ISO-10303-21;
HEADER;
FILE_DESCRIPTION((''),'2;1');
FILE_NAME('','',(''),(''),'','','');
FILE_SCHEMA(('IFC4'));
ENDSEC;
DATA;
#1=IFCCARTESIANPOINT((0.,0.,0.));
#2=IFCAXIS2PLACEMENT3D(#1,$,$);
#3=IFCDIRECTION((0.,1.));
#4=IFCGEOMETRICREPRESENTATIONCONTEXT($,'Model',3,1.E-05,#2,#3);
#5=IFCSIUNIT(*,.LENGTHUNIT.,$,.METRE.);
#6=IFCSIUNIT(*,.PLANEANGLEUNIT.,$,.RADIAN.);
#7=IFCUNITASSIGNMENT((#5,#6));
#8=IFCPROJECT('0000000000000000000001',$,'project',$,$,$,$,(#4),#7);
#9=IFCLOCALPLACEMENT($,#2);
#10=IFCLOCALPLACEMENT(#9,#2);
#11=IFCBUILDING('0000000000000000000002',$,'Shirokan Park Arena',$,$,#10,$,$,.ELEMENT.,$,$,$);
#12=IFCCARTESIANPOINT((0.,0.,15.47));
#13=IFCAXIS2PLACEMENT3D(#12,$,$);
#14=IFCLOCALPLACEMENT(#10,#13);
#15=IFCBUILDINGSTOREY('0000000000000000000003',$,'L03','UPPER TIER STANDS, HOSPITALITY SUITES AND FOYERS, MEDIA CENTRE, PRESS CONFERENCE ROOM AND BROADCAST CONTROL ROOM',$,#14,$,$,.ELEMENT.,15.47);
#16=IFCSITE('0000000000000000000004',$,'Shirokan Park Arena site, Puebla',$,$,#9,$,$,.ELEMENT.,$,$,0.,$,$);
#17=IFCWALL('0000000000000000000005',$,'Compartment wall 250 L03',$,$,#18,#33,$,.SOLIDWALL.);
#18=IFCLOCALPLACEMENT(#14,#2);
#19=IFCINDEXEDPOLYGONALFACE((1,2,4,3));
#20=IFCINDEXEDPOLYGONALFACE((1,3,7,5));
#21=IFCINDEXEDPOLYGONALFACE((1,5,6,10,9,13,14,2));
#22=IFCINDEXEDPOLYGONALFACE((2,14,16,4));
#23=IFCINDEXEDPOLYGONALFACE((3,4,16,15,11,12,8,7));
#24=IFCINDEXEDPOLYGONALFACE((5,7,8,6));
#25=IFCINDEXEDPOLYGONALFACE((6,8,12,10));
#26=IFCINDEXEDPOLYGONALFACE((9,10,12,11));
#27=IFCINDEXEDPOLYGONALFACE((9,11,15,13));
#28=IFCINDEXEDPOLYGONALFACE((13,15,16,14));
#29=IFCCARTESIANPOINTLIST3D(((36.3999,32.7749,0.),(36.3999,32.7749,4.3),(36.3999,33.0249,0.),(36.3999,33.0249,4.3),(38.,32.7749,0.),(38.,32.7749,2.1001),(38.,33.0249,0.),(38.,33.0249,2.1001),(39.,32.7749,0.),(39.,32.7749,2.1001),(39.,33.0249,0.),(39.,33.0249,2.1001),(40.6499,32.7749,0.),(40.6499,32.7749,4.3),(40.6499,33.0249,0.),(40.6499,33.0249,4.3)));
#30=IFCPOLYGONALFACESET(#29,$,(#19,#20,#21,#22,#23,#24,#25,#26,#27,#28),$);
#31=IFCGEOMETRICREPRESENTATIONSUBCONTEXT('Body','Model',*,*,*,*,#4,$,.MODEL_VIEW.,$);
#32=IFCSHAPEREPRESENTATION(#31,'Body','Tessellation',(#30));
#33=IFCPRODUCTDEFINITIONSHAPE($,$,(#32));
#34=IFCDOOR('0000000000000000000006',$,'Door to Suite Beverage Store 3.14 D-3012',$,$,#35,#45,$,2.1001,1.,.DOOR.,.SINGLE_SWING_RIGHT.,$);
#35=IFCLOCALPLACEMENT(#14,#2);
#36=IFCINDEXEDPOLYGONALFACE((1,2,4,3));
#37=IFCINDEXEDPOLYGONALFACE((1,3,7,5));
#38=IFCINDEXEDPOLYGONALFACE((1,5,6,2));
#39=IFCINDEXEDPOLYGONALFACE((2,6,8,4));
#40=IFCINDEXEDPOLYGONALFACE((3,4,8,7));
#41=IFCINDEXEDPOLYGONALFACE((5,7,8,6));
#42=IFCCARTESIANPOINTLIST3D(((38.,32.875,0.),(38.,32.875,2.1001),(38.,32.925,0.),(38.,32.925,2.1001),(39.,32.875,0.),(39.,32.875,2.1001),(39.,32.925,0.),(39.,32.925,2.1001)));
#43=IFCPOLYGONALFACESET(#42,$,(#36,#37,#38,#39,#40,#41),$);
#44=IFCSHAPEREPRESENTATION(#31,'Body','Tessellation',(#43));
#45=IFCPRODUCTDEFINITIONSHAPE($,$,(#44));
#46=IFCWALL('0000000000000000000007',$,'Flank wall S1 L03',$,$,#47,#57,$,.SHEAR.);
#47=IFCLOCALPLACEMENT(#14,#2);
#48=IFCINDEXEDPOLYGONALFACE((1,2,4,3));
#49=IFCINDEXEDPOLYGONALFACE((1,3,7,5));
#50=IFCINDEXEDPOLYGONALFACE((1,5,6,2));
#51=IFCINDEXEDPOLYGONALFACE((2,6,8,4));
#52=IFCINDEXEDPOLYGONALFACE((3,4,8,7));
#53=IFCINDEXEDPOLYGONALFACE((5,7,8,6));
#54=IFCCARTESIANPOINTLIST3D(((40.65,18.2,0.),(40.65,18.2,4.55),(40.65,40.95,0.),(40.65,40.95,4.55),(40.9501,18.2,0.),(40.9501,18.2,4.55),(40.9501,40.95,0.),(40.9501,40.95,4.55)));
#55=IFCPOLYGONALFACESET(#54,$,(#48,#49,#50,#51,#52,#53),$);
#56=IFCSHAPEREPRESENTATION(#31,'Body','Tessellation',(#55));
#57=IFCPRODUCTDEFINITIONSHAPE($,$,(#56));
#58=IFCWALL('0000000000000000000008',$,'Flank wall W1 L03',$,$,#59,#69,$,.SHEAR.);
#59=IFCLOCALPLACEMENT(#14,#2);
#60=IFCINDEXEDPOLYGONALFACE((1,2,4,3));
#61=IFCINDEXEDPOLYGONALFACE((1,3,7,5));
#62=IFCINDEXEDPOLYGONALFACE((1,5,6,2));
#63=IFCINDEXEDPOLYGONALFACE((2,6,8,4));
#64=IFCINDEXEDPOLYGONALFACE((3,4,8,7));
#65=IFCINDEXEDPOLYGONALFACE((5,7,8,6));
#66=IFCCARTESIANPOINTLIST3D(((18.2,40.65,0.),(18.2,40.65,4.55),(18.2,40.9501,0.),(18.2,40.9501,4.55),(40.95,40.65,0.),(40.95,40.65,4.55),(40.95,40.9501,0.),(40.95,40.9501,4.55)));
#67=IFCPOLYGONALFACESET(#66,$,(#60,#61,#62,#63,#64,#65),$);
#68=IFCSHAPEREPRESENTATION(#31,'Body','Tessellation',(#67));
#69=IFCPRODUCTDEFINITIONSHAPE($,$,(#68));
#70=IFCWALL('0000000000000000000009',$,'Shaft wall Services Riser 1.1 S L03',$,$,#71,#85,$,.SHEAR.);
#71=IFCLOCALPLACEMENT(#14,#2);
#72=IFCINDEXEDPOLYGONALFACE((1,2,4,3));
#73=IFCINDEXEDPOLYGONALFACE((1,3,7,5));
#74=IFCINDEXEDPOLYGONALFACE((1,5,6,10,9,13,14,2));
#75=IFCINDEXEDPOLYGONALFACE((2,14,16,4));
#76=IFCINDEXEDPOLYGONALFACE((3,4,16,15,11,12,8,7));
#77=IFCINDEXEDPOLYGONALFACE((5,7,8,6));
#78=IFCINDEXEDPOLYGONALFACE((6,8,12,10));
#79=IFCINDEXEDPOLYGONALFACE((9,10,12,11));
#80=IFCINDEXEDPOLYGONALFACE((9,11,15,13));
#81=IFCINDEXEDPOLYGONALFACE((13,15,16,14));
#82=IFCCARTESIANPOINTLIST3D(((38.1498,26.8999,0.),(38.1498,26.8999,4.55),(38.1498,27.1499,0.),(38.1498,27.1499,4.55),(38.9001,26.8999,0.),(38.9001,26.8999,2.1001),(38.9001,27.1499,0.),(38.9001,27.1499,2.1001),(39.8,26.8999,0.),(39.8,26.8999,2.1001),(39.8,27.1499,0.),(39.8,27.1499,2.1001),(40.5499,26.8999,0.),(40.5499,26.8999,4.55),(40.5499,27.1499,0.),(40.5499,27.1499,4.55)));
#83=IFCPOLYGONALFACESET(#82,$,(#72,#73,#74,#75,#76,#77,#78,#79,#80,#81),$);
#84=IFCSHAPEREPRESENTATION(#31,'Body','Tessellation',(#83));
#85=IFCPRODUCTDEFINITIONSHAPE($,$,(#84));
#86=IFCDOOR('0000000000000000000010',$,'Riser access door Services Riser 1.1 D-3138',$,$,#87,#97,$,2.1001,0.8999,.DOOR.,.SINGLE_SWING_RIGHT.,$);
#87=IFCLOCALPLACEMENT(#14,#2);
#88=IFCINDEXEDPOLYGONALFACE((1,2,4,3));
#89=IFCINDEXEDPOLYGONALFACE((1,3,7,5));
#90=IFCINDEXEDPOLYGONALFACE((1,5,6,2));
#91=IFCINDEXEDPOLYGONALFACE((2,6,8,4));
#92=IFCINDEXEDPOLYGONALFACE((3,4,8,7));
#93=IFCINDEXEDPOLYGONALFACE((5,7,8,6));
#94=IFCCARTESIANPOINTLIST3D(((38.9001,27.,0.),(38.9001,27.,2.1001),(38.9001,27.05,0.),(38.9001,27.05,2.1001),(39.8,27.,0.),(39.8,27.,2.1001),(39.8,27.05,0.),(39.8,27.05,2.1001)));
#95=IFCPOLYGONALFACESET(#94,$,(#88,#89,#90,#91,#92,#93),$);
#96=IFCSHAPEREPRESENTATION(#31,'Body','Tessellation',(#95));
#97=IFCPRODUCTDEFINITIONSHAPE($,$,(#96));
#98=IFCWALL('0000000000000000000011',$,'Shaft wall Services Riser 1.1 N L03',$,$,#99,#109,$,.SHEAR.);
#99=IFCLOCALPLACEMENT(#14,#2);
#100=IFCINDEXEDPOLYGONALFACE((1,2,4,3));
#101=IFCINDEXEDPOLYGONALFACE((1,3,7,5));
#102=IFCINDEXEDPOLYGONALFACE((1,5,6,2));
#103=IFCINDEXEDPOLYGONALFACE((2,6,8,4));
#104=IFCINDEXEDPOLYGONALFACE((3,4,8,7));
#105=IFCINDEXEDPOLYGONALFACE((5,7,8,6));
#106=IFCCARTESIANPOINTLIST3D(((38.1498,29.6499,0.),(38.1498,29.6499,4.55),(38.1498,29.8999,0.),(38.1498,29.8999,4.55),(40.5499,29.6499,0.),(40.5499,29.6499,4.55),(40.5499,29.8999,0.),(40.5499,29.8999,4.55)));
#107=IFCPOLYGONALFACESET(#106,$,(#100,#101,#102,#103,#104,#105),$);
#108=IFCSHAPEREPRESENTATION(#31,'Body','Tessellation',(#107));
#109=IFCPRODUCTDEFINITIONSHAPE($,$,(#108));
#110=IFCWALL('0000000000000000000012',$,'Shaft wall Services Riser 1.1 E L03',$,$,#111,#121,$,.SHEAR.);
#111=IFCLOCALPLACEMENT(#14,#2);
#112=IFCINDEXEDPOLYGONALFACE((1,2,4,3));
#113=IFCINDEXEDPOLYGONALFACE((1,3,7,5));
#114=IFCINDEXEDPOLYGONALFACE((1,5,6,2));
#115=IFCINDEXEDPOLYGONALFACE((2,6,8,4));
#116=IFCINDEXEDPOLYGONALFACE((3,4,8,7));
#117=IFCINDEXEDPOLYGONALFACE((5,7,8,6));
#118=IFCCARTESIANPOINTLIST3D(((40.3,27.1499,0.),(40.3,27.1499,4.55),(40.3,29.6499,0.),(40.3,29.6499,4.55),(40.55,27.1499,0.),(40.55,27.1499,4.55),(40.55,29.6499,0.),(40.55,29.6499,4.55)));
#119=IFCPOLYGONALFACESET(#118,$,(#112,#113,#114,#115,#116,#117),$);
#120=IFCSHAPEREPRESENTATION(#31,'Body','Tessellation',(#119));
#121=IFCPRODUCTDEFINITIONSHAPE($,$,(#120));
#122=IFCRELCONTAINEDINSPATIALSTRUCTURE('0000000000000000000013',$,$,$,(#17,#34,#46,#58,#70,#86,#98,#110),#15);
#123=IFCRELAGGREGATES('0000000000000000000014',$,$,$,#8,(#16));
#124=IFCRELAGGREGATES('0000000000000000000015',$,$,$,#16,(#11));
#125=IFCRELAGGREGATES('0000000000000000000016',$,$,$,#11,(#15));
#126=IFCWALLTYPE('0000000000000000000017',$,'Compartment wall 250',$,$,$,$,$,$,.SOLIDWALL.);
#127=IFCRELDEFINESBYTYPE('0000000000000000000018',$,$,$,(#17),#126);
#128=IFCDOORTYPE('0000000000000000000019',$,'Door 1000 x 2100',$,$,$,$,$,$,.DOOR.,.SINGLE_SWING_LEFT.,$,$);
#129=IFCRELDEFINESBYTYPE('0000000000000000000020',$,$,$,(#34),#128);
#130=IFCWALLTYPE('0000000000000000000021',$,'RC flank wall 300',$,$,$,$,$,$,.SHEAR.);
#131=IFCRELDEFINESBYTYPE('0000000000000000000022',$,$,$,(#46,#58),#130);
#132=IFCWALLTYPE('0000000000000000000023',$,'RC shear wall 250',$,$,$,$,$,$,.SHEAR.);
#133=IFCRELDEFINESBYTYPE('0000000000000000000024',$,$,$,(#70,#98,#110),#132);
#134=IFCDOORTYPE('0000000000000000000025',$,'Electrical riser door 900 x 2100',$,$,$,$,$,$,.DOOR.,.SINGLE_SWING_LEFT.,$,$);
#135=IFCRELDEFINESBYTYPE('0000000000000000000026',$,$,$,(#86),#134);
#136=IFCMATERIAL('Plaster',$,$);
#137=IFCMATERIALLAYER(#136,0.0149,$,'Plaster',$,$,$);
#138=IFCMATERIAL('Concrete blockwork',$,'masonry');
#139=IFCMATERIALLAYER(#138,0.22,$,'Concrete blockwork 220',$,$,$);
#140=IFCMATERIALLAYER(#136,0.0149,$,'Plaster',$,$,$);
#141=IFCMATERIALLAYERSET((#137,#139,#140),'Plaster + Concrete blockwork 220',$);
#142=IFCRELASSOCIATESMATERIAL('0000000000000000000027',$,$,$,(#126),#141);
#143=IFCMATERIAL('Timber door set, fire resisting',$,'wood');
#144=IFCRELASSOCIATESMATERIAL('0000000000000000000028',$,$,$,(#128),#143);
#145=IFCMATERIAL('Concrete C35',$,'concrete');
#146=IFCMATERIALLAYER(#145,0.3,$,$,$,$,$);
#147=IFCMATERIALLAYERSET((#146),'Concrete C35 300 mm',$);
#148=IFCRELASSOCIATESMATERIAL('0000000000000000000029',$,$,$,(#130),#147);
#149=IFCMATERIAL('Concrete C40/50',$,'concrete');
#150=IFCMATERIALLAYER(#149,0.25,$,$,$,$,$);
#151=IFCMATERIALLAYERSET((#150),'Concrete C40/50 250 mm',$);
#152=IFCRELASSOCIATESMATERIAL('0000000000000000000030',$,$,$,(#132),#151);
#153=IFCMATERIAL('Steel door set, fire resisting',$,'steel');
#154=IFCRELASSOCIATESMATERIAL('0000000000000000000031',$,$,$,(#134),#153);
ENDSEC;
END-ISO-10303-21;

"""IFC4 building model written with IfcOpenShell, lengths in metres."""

from ifc_helpers import new_model, si_unit, direction, frame, frame_2d, origin, place, context, subcontext, project, spatial, rectangle, extrude, material, layer, layer_set, type_object, element, fill, save


model = new_model("IFC4")

# Units and contexts
model_context = context("Model", 3, precision=1e-05, world=origin(), true_north=direction((0.0, 1.0)))
body_context = subcontext(model_context, "Body", "Model", "MODEL_VIEW")
ifc_project = project(units=[si_unit("LENGTHUNIT", "METRE"), si_unit("PLANEANGLEUNIT", "RADIAN")], contexts=[model_context])

# Site, building, storey
site_placement = place(None, origin())
site = spatial("IfcSite", under=ifc_project, at=site_placement, Name="Shirokan Park Arena site, Puebla", CompositionType="ELEMENT", RefElevation=0.0)
building_placement = place(site_placement, origin())
building = spatial("IfcBuilding", under=site, at=building_placement, Name="Shirokan Park Arena", CompositionType="ELEMENT")
storey_placement = place(building_placement, frame((0.0, 0.0, 15.47)))
storey = spatial("IfcBuildingStorey", under=building, at=storey_placement, Name="L03", Description="UPPER TIER STANDS, HOSPITALITY SUITES AND FOYERS, MEDIA CENTRE, PRESS CONFERENCE ROOM AND BROADCAST CONTROL ROOM", CompositionType="ELEMENT", Elevation=15.47)

# Shared definitions
ifc_material_1 = material(Name="Concrete C35", Category="concrete")

# Wall, opening, door
ifc_material_2 = material(Name="Plaster")
ifc_layer_1 = layer(ifc_material_2, 0.0149, Name="Plaster")
ifc_material_3 = material(Name="Concrete blockwork", Category="masonry")
ifc_layer_2 = layer(ifc_material_3, 0.22, Name="Concrete blockwork 220")
ifc_layer_3 = layer(ifc_material_2, 0.0149, Name="Plaster")
ifc_layer_set_1 = layer_set([ifc_layer_1, ifc_layer_2, ifc_layer_3], Name="Plaster + Concrete blockwork 220")
wall_type_1 = type_object("IfcWallType", Name="Compartment wall 250", PredefinedType="SOLIDWALL", material=ifc_layer_set_1)
wall_1_placement = place(storey_placement, frame((40.6499, 32.8999, 0.0), z_axis=(0.0, 0.0, 1.0), x_axis=(-1.0, 0.0, 0.0)))
wall_1 = element("IfcWall", 1, at=wall_1_placement, inside=storey, type_object=wall_type_1, Name="Compartment wall 250 L03", PredefinedType="SOLIDWALL", context=body_context, shape_type="SweptSolid", body=[
    extrude(rectangle(XDim=4.25, YDim=0.25, at=frame_2d((2.125, 0.0))), origin(), (0.0, 0.0, 1.0), 4.3),
])
opening_1_placement = place(wall_1_placement, frame((1.6499, 0.0, 0.0)))
opening_1 = element("IfcOpeningElement", 2, at=opening_1_placement, cuts=wall_1, PredefinedType="OPENING", context=body_context, shape_type="SweptSolid", body=[
    extrude(rectangle(XDim=1.0, YDim=2.1001, at=frame_2d((0.5, 1.05))), frame((0.0, 0.135, 0.0), z_axis=(0.0, -1.0, 0.0), x_axis=(1.0, 0.0, 0.0)), (0.0, 0.0, 1.0), 0.27),
])
ifc_material_4 = material(Name="Timber door set, fire resisting", Category="wood")
door_type_1 = type_object("IfcDoorType", Name="Door 1000 x 2100", OperationType="SINGLE_SWING_LEFT", PredefinedType="DOOR", material=ifc_material_4)
door_1_placement = place(opening_1_placement, origin())
door_1 = element("IfcDoor", 3, at=door_1_placement, inside=storey, type_object=door_type_1, Name="Door to Suite Beverage Store 3.14 D-3012", OperationType="SINGLE_SWING_RIGHT", OverallHeight=2.1001, OverallWidth=1.0, PredefinedType="DOOR", context=body_context, shape_type="SweptSolid", body=[
    extrude(rectangle(XDim=1.0, YDim=2.1001, at=frame_2d((0.5, 1.05))), frame((0.0, 0.0249, 0.0), z_axis=(0.0, -1.0, 0.0), x_axis=(1.0, 0.0, 0.0)), (0.0, 0.0, 1.0), 0.05),
])
fill(opening_1, door_1)

# Walls
ifc_layer_4 = layer(ifc_material_1, 0.3)
ifc_layer_set_2 = layer_set([ifc_layer_4], Name="Concrete C35 300 mm")
wall_type_2 = type_object("IfcWallType", Name="RC flank wall 300", PredefinedType="SHEAR", material=ifc_layer_set_2)
for number, where, z_axis, x_axis, name in (
    (4, (40.8, 40.95, 0.0), (0.0, 0.0, 1.0), (0.0, -1.0, 0.0), "Flank wall S1 L03"),
    (5, (40.95, 40.8, 0.0), (0.0, 0.0, 1.0), (-1.0, 0.0, 0.0), "Flank wall W1 L03"),
):
    element("IfcWall", number, at=place(storey_placement, frame(where, z_axis=z_axis, x_axis=x_axis)), inside=storey, type_object=wall_type_2, Name=name, PredefinedType="SHEAR", context=body_context, shape_type="SweptSolid", body=[
        extrude(rectangle(XDim=22.75, YDim=0.3, at=frame_2d((11.375, 0.0))), origin(), (0.0, 0.0, 1.0), 4.55),
    ])

# Wall, opening, door
ifc_material_5 = material(Name="Concrete C40/50", Category="concrete")
ifc_layer_5 = layer(ifc_material_5, 0.25)
ifc_layer_set_3 = layer_set([ifc_layer_5], Name="Concrete C40/50 250 mm")
wall_type_3 = type_object("IfcWallType", Name="RC shear wall 250", PredefinedType="SHEAR", material=ifc_layer_set_3)
wall_2_placement = place(storey_placement, frame((40.55, 27.0249, 0.0), z_axis=(0.0, 0.0, 1.0), x_axis=(-1.0, 0.0, 0.0)))
wall_2 = element("IfcWall", 6, at=wall_2_placement, inside=storey, type_object=wall_type_3, Name="Shaft wall Services Riser 1.1 S L03", PredefinedType="SHEAR", context=body_context, shape_type="SweptSolid", body=[
    extrude(rectangle(XDim=2.4001, YDim=0.25, at=frame_2d((1.2002, 0.0))), origin(), (0.0, 0.0, 1.0), 4.55),
])
opening_2_placement = place(wall_2_placement, frame((0.75, 0.0, 0.0)))
opening_2 = element("IfcOpeningElement", 7, at=opening_2_placement, cuts=wall_2, PredefinedType="OPENING", context=body_context, shape_type="SweptSolid", body=[
    extrude(rectangle(XDim=0.8999, YDim=2.1001, at=frame_2d((0.45, 1.05))), frame((0.0, 0.135, 0.0), z_axis=(0.0, -1.0, 0.0), x_axis=(1.0, 0.0, 0.0)), (0.0, 0.0, 1.0), 0.27),
])
ifc_material_6 = material(Name="Steel door set, fire resisting", Category="steel")
door_type_2 = type_object("IfcDoorType", Name="Electrical riser door 900 x 2100", OperationType="SINGLE_SWING_LEFT", PredefinedType="DOOR", material=ifc_material_6)
door_2_placement = place(opening_2_placement, origin())
door_2 = element("IfcDoor", 8, at=door_2_placement, inside=storey, type_object=door_type_2, Name="Riser access door Services Riser 1.1 D-3138", OperationType="SINGLE_SWING_RIGHT", OverallHeight=2.1001, OverallWidth=0.8999, PredefinedType="DOOR", context=body_context, shape_type="SweptSolid", body=[
    extrude(rectangle(XDim=0.8999, YDim=2.1001, at=frame_2d((0.45, 1.05))), frame((0.0, 0.0249, 0.0), z_axis=(0.0, -1.0, 0.0), x_axis=(1.0, 0.0, 0.0)), (0.0, 0.0, 1.0), 0.05),
])
fill(opening_2, door_2)

# Walls
wall_3_placement = place(storey_placement, frame((40.55, 29.7749, 0.0), z_axis=(0.0, 0.0, 1.0), x_axis=(-1.0, 0.0, 0.0)))
element("IfcWall", 9, at=wall_3_placement, inside=storey, type_object=wall_type_3, Name="Shaft wall Services Riser 1.1 N L03", PredefinedType="SHEAR", context=body_context, shape_type="SweptSolid", body=[
    extrude(rectangle(XDim=2.4001, YDim=0.25, at=frame_2d((1.2002, 0.0))), origin(), (0.0, 0.0, 1.0), 4.55),
])
wall_4_placement = place(storey_placement, frame((40.425, 29.6499, 0.0), z_axis=(0.0, 0.0, 1.0), x_axis=(0.0, -1.0, 0.0)))
element("IfcWall", 10, at=wall_4_placement, inside=storey, type_object=wall_type_3, Name="Shaft wall Services Riser 1.1 E L03", PredefinedType="SHEAR", context=body_context, shape_type="SweptSolid", body=[
    extrude(rectangle(XDim=2.5, YDim=0.25, at=frame_2d((1.25, 0.0))), origin(), (0.0, 0.0, 1.0), 4.55),
])

save(model, "model.ifc")
